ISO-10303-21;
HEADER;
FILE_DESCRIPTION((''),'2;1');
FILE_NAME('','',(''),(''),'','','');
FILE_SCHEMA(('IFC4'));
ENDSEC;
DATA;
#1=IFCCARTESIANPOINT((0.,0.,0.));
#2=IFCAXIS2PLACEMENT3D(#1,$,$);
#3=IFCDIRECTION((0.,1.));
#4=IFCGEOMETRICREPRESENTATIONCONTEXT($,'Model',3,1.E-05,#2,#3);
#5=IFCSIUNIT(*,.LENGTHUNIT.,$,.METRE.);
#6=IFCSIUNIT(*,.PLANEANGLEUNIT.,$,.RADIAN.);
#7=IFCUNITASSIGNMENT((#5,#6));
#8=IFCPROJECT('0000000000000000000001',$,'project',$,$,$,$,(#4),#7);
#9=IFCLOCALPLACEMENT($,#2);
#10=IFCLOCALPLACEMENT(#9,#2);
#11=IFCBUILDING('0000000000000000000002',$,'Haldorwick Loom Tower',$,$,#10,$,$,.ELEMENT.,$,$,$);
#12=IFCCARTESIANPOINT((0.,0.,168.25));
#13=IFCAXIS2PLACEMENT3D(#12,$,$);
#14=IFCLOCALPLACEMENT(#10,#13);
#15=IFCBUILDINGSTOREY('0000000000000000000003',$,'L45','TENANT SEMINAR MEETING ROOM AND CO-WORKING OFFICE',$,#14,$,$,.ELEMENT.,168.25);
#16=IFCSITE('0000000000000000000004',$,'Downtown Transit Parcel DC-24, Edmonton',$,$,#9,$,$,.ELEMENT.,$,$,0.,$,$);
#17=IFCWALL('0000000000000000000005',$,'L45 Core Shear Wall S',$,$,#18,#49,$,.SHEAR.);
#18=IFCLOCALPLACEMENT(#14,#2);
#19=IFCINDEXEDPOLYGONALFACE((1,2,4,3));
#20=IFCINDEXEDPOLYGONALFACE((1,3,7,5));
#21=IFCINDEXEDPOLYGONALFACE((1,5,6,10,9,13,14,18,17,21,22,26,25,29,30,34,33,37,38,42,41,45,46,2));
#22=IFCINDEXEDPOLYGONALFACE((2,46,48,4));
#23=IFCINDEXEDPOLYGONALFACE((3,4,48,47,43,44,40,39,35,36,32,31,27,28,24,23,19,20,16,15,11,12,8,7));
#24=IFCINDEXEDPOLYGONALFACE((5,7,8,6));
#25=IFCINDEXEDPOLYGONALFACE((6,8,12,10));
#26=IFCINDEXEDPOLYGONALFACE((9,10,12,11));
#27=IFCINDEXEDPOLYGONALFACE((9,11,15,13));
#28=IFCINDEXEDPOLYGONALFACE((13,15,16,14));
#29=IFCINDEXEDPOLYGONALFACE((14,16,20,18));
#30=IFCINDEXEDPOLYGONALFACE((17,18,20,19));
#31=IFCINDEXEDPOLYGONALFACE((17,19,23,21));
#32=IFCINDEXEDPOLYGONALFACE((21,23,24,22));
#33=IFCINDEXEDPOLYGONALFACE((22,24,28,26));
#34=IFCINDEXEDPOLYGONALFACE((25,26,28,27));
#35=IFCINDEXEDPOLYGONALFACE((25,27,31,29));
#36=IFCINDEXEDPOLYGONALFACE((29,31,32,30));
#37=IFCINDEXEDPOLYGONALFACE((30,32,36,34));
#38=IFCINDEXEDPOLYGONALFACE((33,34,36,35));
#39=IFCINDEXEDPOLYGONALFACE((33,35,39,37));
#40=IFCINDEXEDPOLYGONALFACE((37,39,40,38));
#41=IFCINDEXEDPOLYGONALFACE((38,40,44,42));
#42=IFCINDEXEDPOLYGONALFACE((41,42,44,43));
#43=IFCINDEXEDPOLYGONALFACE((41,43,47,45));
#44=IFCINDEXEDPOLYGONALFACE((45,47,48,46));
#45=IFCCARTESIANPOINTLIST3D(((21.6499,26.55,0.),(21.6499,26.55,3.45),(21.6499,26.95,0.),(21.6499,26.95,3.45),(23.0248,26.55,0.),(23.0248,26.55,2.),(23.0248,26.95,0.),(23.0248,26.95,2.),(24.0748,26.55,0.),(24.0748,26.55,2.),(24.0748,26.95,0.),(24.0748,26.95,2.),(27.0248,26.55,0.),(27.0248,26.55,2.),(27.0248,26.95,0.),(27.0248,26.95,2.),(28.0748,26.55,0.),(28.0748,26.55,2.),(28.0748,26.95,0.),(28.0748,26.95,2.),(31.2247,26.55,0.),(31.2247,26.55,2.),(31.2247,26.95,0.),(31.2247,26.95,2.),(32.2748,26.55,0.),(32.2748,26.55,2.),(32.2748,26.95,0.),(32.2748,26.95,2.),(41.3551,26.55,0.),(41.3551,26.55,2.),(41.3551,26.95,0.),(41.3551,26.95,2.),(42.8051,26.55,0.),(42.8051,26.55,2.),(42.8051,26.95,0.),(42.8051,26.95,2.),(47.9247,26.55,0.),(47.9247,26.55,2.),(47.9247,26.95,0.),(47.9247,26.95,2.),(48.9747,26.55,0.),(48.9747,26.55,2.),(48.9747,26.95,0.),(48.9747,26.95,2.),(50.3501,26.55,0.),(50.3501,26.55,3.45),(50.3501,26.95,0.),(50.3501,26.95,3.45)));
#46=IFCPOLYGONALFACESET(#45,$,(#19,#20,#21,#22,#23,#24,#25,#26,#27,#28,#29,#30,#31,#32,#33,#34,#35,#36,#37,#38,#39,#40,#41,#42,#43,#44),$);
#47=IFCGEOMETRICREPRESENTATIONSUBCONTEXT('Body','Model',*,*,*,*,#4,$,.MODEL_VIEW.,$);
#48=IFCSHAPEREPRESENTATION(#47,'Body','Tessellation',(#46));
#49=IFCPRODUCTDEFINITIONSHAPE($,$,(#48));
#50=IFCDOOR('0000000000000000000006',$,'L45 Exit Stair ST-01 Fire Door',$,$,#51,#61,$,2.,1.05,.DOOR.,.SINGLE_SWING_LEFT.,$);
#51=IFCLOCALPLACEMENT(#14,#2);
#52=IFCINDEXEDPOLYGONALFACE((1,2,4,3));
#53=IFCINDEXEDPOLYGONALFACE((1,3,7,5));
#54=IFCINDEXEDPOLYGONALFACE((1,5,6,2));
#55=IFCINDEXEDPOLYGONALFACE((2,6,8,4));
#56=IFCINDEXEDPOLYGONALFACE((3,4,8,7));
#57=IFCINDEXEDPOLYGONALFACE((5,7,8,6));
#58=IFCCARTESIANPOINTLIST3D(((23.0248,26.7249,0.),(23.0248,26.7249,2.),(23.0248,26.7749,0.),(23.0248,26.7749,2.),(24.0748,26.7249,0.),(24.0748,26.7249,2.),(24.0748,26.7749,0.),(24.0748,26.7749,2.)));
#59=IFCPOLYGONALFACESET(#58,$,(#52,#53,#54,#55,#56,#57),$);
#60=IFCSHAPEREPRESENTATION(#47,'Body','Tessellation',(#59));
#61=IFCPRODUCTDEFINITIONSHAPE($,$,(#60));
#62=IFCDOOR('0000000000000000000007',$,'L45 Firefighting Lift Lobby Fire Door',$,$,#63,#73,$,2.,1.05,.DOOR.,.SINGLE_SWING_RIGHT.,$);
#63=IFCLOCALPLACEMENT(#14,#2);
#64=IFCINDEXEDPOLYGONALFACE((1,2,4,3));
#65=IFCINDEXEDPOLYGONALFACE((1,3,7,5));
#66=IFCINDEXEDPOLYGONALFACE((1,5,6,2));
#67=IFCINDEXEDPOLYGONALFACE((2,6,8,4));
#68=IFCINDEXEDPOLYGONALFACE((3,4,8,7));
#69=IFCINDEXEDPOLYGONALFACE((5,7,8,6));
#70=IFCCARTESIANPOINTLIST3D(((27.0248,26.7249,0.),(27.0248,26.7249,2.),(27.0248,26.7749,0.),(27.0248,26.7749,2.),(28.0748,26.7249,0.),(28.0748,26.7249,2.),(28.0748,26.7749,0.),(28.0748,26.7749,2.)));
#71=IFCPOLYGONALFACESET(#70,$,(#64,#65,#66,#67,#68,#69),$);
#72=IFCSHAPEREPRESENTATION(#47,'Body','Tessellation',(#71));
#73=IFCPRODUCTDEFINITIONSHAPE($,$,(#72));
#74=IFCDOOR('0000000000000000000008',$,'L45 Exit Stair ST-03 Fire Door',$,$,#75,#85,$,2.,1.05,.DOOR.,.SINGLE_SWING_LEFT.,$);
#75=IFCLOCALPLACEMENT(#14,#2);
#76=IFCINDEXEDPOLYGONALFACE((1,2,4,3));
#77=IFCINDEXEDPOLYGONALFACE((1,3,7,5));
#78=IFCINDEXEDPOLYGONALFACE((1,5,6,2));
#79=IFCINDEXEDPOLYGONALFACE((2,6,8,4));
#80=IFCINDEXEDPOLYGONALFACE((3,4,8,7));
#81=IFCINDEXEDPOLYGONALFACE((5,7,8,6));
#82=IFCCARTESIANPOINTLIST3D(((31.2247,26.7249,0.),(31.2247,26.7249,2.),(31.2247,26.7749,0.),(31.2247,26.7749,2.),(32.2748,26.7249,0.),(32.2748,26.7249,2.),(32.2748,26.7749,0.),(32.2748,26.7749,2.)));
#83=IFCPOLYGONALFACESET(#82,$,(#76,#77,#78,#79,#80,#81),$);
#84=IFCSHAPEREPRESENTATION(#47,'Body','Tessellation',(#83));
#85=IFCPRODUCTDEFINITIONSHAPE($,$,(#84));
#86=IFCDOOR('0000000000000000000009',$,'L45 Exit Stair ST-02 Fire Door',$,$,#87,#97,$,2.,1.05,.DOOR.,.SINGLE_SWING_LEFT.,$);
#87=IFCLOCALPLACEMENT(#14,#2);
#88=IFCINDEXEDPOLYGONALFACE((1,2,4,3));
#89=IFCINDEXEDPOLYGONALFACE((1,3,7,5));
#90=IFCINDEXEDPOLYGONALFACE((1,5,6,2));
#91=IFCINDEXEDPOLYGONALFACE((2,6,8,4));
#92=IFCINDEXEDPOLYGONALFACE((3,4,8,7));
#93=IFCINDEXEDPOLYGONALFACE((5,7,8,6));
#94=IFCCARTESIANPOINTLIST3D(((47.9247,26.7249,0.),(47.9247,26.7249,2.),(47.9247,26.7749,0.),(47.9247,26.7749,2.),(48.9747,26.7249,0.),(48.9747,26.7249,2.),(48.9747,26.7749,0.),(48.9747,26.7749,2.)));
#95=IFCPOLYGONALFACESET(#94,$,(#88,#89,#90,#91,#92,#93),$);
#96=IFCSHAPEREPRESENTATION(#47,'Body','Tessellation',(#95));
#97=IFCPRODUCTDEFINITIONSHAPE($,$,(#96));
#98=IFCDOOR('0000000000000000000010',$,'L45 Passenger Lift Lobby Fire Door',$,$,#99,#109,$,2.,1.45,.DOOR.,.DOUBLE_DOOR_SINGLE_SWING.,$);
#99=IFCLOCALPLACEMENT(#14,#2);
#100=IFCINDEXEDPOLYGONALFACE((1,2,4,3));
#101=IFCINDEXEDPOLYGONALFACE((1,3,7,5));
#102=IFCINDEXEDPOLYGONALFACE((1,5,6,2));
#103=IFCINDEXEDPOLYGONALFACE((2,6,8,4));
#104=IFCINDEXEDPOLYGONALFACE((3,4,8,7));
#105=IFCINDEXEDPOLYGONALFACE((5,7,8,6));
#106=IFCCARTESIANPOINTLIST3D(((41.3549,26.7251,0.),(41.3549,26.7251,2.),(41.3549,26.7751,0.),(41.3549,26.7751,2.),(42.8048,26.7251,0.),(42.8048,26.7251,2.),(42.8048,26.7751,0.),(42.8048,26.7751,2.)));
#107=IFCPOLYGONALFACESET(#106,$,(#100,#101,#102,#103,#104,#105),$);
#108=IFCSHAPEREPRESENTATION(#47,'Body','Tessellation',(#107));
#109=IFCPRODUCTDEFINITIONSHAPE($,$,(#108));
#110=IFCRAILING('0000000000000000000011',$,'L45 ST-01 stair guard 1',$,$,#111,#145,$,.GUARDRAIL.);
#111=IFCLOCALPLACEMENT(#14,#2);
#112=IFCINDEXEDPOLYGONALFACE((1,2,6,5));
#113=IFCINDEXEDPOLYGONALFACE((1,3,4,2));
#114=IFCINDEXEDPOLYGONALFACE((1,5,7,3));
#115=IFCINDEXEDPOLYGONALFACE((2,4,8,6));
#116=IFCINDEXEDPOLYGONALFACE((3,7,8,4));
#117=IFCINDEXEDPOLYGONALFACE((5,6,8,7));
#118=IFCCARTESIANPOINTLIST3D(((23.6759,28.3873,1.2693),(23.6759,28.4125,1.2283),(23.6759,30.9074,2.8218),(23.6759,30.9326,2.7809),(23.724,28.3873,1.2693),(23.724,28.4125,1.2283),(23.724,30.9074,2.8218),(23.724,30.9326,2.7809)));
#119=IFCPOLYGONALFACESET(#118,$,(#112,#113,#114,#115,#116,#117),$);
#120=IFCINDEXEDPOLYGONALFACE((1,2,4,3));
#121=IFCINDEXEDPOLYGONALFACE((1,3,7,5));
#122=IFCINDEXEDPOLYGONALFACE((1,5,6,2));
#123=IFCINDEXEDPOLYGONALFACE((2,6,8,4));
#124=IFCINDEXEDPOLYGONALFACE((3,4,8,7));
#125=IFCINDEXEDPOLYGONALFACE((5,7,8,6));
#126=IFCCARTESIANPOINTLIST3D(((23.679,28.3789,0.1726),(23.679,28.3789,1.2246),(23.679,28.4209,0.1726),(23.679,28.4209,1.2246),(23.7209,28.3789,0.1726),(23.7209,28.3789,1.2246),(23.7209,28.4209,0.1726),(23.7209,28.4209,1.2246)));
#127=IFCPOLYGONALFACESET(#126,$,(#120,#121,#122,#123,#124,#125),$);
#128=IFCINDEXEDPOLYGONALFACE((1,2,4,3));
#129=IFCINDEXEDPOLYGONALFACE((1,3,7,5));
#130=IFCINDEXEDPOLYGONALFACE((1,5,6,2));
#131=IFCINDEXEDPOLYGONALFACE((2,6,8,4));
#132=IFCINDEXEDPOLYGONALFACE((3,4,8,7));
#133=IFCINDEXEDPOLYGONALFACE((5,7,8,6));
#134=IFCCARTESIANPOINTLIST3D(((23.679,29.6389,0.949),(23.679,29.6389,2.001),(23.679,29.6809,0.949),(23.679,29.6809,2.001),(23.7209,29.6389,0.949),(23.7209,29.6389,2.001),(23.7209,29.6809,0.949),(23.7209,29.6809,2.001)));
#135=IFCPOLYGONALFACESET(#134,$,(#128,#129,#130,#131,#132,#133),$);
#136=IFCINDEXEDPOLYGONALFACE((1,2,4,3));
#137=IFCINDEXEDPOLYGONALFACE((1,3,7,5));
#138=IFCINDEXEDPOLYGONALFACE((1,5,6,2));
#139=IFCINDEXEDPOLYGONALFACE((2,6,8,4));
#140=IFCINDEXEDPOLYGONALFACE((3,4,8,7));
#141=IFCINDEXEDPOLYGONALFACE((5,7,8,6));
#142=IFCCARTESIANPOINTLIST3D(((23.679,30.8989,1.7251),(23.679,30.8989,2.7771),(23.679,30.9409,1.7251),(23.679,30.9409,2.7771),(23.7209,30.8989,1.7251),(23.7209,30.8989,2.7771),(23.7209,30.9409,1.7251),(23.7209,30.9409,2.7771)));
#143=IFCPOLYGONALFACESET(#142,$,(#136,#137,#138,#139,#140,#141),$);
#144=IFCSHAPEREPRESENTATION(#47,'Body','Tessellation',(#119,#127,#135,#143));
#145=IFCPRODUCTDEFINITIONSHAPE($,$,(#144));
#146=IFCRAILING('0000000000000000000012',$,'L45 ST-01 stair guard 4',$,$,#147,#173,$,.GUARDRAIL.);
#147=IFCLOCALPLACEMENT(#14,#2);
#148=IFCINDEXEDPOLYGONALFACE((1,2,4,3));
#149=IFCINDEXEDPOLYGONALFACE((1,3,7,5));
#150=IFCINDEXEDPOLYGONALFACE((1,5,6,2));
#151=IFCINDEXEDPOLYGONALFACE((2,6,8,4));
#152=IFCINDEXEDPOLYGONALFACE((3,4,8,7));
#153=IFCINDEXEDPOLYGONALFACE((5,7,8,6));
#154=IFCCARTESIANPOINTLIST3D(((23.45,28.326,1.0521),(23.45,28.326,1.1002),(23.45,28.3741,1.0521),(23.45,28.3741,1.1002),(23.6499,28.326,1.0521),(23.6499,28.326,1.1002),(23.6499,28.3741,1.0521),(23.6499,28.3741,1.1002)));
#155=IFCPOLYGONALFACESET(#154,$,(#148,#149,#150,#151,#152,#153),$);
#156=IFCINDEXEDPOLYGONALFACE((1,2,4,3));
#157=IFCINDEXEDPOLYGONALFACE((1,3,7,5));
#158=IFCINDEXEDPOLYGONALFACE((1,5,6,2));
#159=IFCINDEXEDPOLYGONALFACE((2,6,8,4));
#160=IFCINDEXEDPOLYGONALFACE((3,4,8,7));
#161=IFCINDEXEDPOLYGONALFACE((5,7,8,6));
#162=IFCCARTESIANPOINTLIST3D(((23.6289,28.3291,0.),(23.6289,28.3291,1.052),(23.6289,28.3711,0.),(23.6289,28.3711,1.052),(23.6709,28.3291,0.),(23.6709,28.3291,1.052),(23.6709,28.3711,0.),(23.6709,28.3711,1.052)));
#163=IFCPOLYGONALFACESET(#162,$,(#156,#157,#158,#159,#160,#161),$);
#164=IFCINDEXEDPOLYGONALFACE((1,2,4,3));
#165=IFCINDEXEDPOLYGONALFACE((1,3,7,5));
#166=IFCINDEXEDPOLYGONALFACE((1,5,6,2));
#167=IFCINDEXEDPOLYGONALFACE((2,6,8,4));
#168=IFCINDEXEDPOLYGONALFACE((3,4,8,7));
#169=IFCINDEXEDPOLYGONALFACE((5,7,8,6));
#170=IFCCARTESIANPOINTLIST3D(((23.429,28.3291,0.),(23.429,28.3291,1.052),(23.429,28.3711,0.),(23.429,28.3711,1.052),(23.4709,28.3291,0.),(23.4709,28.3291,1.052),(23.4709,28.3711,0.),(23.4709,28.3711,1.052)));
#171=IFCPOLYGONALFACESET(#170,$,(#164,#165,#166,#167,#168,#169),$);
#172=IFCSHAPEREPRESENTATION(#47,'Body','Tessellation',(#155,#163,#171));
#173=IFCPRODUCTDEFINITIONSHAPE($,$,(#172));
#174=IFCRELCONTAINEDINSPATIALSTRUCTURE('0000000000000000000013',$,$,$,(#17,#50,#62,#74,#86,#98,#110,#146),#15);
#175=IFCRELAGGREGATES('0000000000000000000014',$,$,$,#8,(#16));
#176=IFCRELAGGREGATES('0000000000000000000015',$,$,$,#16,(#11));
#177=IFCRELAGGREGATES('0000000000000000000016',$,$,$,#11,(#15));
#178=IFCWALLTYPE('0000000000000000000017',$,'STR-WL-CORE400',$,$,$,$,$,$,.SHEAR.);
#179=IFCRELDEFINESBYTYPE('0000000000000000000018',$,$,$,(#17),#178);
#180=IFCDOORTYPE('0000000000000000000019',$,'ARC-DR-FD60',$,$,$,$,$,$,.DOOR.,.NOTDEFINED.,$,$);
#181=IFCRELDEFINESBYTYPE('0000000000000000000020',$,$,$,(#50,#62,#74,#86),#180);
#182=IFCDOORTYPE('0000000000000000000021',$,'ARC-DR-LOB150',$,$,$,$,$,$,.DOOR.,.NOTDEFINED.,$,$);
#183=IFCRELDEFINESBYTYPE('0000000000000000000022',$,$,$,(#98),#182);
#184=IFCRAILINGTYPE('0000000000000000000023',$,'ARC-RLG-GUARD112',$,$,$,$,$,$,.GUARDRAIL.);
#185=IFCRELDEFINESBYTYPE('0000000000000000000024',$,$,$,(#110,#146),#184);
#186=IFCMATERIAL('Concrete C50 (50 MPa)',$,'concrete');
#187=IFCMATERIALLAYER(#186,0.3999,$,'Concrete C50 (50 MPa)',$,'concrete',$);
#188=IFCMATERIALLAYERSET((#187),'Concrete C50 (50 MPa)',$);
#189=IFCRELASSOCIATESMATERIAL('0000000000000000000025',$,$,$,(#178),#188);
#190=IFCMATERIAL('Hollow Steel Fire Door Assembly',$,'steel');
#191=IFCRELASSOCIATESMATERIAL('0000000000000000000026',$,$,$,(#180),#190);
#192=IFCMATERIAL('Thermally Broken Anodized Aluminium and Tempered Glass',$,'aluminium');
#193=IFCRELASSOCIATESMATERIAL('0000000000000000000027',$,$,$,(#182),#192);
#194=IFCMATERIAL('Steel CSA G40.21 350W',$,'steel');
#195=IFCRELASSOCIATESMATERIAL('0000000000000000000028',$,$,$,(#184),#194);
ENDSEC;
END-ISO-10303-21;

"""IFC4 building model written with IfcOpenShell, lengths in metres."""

from ifc_helpers import new_model, si_unit, direction, frame, frame_2d, origin, origin_2d, place, context, subcontext, project, spatial, rectangle, extrude, material, layer, layer_set, type_object, element, fill, save


model = new_model("IFC4")

# Units and contexts
model_context = context("Model", 3, precision=1e-05, world=origin(), true_north=direction((0.0, 1.0)))
body_context = subcontext(model_context, "Body", "Model", "MODEL_VIEW")
ifc_project = project(units=[si_unit("LENGTHUNIT", "METRE"), si_unit("PLANEANGLEUNIT", "RADIAN")], contexts=[model_context])

# Site, building, storey
site_placement = place(None, origin())
site = spatial("IfcSite", under=ifc_project, at=site_placement, Name="Downtown Transit Parcel DC-24, Edmonton", CompositionType="ELEMENT", RefElevation=0.0)
building_placement = place(site_placement, origin())
building = spatial("IfcBuilding", under=site, at=building_placement, Name="Haldorwick Loom Tower", CompositionType="ELEMENT")
storey_placement = place(building_placement, frame((0.0, 0.0, 168.25)))
storey = spatial("IfcBuildingStorey", under=building, at=storey_placement, Name="L45", Description="TENANT SEMINAR MEETING ROOM AND CO-WORKING OFFICE", CompositionType="ELEMENT", Elevation=168.25)

# Shared definitions
ifc_material_1 = material(Name="Steel CSA G40.21 350W", Category="steel")

# Wall, openings, doors
ifc_material_2 = material(Name="Concrete C50 (50 MPa)", Category="concrete")
ifc_layer_1 = layer(ifc_material_2, 0.3999, Name="Concrete C50 (50 MPa)", Category="concrete")
ifc_layer_set_1 = layer_set([ifc_layer_1], Name="Concrete C50 (50 MPa)")
wall_type_1 = type_object("IfcWallType", Name="STR-WL-CORE400", PredefinedType="SHEAR", material=ifc_layer_set_1)
wall_1_placement = place(storey_placement, frame((21.6499, 26.75, 0.0), z_axis=(0.0, 0.0, 1.0), x_axis=(1.0, 0.0, 0.0)))
wall_1 = element("IfcWall", 1, at=wall_1_placement, inside=storey, type_object=wall_type_1, Name="L45 Core Shear Wall S", PredefinedType="SHEAR", context=body_context, shape_type="SweptSolid", body=[
    extrude(rectangle(XDim=28.7002, YDim=0.3999, at=frame_2d((14.3501, 0.0))), origin(), (0.0, 0.0, 1.0), 3.45),
])
opening_1_placement = place(wall_1_placement, frame((1.375, 0.0, 0.0)))
opening_1 = element("IfcOpeningElement", 2, at=opening_1_placement, cuts=wall_1, PredefinedType="OPENING", context=body_context, shape_type="SweptSolid", body=[
    extrude(rectangle(XDim=1.05, YDim=2.0, at=frame_2d((0.5249, 1.0))), frame((0.0, 0.21, 0.0), z_axis=(0.0, -1.0, 0.0), x_axis=(1.0, 0.0, 0.0)), (0.0, 0.0, 1.0), 0.4199),
])
opening_2_placement = place(wall_1_placement, frame((5.375, 0.0, 0.0)))
opening_2 = element("IfcOpeningElement", 3, at=opening_2_placement, cuts=wall_1, PredefinedType="OPENING", context=body_context, shape_type="SweptSolid", body=[
    extrude(rectangle(XDim=1.05, YDim=2.0, at=frame_2d((0.5249, 1.0))), frame((0.0, 0.21, 0.0), z_axis=(0.0, -1.0, 0.0), x_axis=(1.0, 0.0, 0.0)), (0.0, 0.0, 1.0), 0.4199),
])
opening_3_placement = place(wall_1_placement, frame((9.575, 0.0, 0.0)))
opening_3 = element("IfcOpeningElement", 4, at=opening_3_placement, cuts=wall_1, PredefinedType="OPENING", context=body_context, shape_type="SweptSolid", body=[
    extrude(rectangle(XDim=1.05, YDim=2.0, at=frame_2d((0.5249, 1.0))), frame((0.0, 0.21, 0.0), z_axis=(0.0, -1.0, 0.0), x_axis=(1.0, 0.0, 0.0)), (0.0, 0.0, 1.0), 0.4199),
])
opening_4_placement = place(wall_1_placement, frame((19.7051, 0.0, 0.0)))
opening_4 = element("IfcOpeningElement", 5, at=opening_4_placement, cuts=wall_1, PredefinedType="OPENING", context=body_context, shape_type="SweptSolid", body=[
    extrude(rectangle(XDim=1.45, YDim=2.0, at=frame_2d((0.7251, 1.0))), frame((0.0, 0.21, 0.0), z_axis=(0.0, -1.0, 0.0), x_axis=(1.0, 0.0, 0.0)), (0.0, 0.0, 1.0), 0.4199),
])
opening_5_placement = place(wall_1_placement, frame((26.2749, 0.0, 0.0)))
opening_5 = element("IfcOpeningElement", 6, at=opening_5_placement, cuts=wall_1, PredefinedType="OPENING", context=body_context, shape_type="SweptSolid", body=[
    extrude(rectangle(XDim=1.05, YDim=2.0, at=frame_2d((0.5249, 1.0))), frame((0.0, 0.21, 0.0), z_axis=(0.0, -1.0, 0.0), x_axis=(1.0, 0.0, 0.0)), (0.0, 0.0, 1.0), 0.4199),
])
ifc_material_3 = material(Name="Hollow Steel Fire Door Assembly", Category="steel")
door_type_1 = type_object("IfcDoorType", Name="ARC-DR-FD60", OperationType="NOTDEFINED", PredefinedType="DOOR", material=ifc_material_3)
door_1_placement = place(opening_1_placement, origin())
door_1 = element("IfcDoor", 7, at=door_1_placement, inside=storey, type_object=door_type_1, Name="L45 Exit Stair ST-01 Fire Door", OperationType="SINGLE_SWING_LEFT", OverallHeight=2.0, OverallWidth=1.05, PredefinedType="DOOR", context=body_context, shape_type="SweptSolid", body=[
    extrude(rectangle(XDim=1.05, YDim=2.0, at=frame_2d((0.5249, 1.0))), frame((0.0, 0.0249, 0.0), z_axis=(0.0, -1.0, 0.0), x_axis=(1.0, 0.0, 0.0)), (0.0, 0.0, 1.0), 0.05),
])
fill(opening_1, door_1)
door_2_placement = place(opening_2_placement, origin())
door_2 = element("IfcDoor", 8, at=door_2_placement, inside=storey, type_object=door_type_1, Name="L45 Firefighting Lift Lobby Fire Door", OperationType="SINGLE_SWING_RIGHT", OverallHeight=2.0, OverallWidth=1.05, PredefinedType="DOOR", context=body_context, shape_type="SweptSolid", body=[
    extrude(rectangle(XDim=1.05, YDim=2.0, at=frame_2d((0.5249, 1.0))), frame((0.0, 0.0249, 0.0), z_axis=(0.0, -1.0, 0.0), x_axis=(1.0, 0.0, 0.0)), (0.0, 0.0, 1.0), 0.05),
])
fill(opening_2, door_2)
door_3_placement = place(opening_3_placement, origin())
door_3 = element("IfcDoor", 9, at=door_3_placement, inside=storey, type_object=door_type_1, Name="L45 Exit Stair ST-03 Fire Door", OperationType="SINGLE_SWING_LEFT", OverallHeight=2.0, OverallWidth=1.05, PredefinedType="DOOR", context=body_context, shape_type="SweptSolid", body=[
    extrude(rectangle(XDim=1.05, YDim=2.0, at=frame_2d((0.5249, 1.0))), frame((0.0, 0.0249, 0.0), z_axis=(0.0, -1.0, 0.0), x_axis=(1.0, 0.0, 0.0)), (0.0, 0.0, 1.0), 0.05),
])
fill(opening_3, door_3)
door_4_placement = place(opening_5_placement, origin())
door_4 = element("IfcDoor", 10, at=door_4_placement, inside=storey, type_object=door_type_1, Name="L45 Exit Stair ST-02 Fire Door", OperationType="SINGLE_SWING_LEFT", OverallHeight=2.0, OverallWidth=1.05, PredefinedType="DOOR", context=body_context, shape_type="SweptSolid", body=[
    extrude(rectangle(XDim=1.05, YDim=2.0, at=frame_2d((0.5249, 1.0))), frame((0.0, 0.0249, 0.0), z_axis=(0.0, -1.0, 0.0), x_axis=(1.0, 0.0, 0.0)), (0.0, 0.0, 1.0), 0.05),
])
fill(opening_5, door_4)
ifc_material_4 = material(Name="Thermally Broken Anodized Aluminium and Tempered Glass", Category="aluminium")
door_type_2 = type_object("IfcDoorType", Name="ARC-DR-LOB150", OperationType="NOTDEFINED", PredefinedType="DOOR", material=ifc_material_4)
door_5_placement = place(opening_4_placement, frame((1.45, 0.0, 0.0), z_axis=(0.0, 0.0, 1.0), x_axis=(-1.0, 0.0, 0.0)))
door_5 = element("IfcDoor", 11, at=door_5_placement, inside=storey, type_object=door_type_2, Name="L45 Passenger Lift Lobby Fire Door", OperationType="DOUBLE_DOOR_SINGLE_SWING", OverallHeight=2.0, OverallWidth=1.45, PredefinedType="DOOR", context=body_context, shape_type="SweptSolid", body=[
    extrude(rectangle(XDim=1.45, YDim=2.0, at=frame_2d((0.7251, 1.0))), frame((0.0, 0.0249, 0.0), z_axis=(0.0, -1.0, 0.0), x_axis=(1.0, 0.0, 0.0)), (0.0, 0.0, 1.0), 0.05),
])
fill(opening_4, door_5)

# Railings
railing_type_1 = type_object("IfcRailingType", Name="ARC-RLG-GUARD112", PredefinedType="GUARDRAIL", material=ifc_material_1)
railing_1_placement = place(storey_placement, frame((23.7, 28.3999, 0.1726)))
element("IfcRailing", 12, at=railing_1_placement, inside=storey, type_object=railing_type_1, Name="L45 ST-01 stair guard 1", PredefinedType="GUARDRAIL", context=body_context, shape_type="SweptSolid", body=[
    extrude(rectangle(XDim=0.0481, YDim=0.0481, at=origin_2d()), frame((0.0, 0.0, 1.0762), z_axis=(0.0, 0.8514, 0.524516), x_axis=(-1.0, 0.0, 0.0)), (0.0, 0.0, 1.0), 2.96),
    extrude(rectangle(XDim=0.042, YDim=0.042, at=origin_2d()), origin(), (0.0, 0.0, 1.0), 1.052),
    extrude(rectangle(XDim=0.042, YDim=0.042, at=origin_2d()), frame((0.0, 1.26, 0.7764)), (0.0, 0.0, 1.0), 1.052),
    extrude(rectangle(XDim=0.042, YDim=0.042, at=origin_2d()), frame((0.0, 2.52, 1.5525)), (0.0, 0.0, 1.0), 1.052),
])
railing_2_placement = place(storey_placement, frame((23.6499, 28.3501, 0.0)))
element("IfcRailing", 13, at=railing_2_placement, inside=storey, type_object=railing_type_1, Name="L45 ST-01 stair guard 4", PredefinedType="GUARDRAIL", context=body_context, shape_type="SweptSolid", body=[
    extrude(rectangle(XDim=0.0481, YDim=0.0481, at=origin_2d()), frame((0.0, 0.0, 1.0762), z_axis=(-1.0, 0.0, 0.0), x_axis=(0.0, -1.0, 0.0)), (0.0, 0.0, 1.0), 0.2),
    extrude(rectangle(XDim=0.042, YDim=0.042, at=origin_2d()), origin(), (0.0, 0.0, 1.0), 1.052),
    extrude(rectangle(XDim=0.042, YDim=0.042, at=origin_2d()), frame((-0.2, 0.0, 0.0)), (0.0, 0.0, 1.0), 1.052),
])

save(model, "model.ifc")
